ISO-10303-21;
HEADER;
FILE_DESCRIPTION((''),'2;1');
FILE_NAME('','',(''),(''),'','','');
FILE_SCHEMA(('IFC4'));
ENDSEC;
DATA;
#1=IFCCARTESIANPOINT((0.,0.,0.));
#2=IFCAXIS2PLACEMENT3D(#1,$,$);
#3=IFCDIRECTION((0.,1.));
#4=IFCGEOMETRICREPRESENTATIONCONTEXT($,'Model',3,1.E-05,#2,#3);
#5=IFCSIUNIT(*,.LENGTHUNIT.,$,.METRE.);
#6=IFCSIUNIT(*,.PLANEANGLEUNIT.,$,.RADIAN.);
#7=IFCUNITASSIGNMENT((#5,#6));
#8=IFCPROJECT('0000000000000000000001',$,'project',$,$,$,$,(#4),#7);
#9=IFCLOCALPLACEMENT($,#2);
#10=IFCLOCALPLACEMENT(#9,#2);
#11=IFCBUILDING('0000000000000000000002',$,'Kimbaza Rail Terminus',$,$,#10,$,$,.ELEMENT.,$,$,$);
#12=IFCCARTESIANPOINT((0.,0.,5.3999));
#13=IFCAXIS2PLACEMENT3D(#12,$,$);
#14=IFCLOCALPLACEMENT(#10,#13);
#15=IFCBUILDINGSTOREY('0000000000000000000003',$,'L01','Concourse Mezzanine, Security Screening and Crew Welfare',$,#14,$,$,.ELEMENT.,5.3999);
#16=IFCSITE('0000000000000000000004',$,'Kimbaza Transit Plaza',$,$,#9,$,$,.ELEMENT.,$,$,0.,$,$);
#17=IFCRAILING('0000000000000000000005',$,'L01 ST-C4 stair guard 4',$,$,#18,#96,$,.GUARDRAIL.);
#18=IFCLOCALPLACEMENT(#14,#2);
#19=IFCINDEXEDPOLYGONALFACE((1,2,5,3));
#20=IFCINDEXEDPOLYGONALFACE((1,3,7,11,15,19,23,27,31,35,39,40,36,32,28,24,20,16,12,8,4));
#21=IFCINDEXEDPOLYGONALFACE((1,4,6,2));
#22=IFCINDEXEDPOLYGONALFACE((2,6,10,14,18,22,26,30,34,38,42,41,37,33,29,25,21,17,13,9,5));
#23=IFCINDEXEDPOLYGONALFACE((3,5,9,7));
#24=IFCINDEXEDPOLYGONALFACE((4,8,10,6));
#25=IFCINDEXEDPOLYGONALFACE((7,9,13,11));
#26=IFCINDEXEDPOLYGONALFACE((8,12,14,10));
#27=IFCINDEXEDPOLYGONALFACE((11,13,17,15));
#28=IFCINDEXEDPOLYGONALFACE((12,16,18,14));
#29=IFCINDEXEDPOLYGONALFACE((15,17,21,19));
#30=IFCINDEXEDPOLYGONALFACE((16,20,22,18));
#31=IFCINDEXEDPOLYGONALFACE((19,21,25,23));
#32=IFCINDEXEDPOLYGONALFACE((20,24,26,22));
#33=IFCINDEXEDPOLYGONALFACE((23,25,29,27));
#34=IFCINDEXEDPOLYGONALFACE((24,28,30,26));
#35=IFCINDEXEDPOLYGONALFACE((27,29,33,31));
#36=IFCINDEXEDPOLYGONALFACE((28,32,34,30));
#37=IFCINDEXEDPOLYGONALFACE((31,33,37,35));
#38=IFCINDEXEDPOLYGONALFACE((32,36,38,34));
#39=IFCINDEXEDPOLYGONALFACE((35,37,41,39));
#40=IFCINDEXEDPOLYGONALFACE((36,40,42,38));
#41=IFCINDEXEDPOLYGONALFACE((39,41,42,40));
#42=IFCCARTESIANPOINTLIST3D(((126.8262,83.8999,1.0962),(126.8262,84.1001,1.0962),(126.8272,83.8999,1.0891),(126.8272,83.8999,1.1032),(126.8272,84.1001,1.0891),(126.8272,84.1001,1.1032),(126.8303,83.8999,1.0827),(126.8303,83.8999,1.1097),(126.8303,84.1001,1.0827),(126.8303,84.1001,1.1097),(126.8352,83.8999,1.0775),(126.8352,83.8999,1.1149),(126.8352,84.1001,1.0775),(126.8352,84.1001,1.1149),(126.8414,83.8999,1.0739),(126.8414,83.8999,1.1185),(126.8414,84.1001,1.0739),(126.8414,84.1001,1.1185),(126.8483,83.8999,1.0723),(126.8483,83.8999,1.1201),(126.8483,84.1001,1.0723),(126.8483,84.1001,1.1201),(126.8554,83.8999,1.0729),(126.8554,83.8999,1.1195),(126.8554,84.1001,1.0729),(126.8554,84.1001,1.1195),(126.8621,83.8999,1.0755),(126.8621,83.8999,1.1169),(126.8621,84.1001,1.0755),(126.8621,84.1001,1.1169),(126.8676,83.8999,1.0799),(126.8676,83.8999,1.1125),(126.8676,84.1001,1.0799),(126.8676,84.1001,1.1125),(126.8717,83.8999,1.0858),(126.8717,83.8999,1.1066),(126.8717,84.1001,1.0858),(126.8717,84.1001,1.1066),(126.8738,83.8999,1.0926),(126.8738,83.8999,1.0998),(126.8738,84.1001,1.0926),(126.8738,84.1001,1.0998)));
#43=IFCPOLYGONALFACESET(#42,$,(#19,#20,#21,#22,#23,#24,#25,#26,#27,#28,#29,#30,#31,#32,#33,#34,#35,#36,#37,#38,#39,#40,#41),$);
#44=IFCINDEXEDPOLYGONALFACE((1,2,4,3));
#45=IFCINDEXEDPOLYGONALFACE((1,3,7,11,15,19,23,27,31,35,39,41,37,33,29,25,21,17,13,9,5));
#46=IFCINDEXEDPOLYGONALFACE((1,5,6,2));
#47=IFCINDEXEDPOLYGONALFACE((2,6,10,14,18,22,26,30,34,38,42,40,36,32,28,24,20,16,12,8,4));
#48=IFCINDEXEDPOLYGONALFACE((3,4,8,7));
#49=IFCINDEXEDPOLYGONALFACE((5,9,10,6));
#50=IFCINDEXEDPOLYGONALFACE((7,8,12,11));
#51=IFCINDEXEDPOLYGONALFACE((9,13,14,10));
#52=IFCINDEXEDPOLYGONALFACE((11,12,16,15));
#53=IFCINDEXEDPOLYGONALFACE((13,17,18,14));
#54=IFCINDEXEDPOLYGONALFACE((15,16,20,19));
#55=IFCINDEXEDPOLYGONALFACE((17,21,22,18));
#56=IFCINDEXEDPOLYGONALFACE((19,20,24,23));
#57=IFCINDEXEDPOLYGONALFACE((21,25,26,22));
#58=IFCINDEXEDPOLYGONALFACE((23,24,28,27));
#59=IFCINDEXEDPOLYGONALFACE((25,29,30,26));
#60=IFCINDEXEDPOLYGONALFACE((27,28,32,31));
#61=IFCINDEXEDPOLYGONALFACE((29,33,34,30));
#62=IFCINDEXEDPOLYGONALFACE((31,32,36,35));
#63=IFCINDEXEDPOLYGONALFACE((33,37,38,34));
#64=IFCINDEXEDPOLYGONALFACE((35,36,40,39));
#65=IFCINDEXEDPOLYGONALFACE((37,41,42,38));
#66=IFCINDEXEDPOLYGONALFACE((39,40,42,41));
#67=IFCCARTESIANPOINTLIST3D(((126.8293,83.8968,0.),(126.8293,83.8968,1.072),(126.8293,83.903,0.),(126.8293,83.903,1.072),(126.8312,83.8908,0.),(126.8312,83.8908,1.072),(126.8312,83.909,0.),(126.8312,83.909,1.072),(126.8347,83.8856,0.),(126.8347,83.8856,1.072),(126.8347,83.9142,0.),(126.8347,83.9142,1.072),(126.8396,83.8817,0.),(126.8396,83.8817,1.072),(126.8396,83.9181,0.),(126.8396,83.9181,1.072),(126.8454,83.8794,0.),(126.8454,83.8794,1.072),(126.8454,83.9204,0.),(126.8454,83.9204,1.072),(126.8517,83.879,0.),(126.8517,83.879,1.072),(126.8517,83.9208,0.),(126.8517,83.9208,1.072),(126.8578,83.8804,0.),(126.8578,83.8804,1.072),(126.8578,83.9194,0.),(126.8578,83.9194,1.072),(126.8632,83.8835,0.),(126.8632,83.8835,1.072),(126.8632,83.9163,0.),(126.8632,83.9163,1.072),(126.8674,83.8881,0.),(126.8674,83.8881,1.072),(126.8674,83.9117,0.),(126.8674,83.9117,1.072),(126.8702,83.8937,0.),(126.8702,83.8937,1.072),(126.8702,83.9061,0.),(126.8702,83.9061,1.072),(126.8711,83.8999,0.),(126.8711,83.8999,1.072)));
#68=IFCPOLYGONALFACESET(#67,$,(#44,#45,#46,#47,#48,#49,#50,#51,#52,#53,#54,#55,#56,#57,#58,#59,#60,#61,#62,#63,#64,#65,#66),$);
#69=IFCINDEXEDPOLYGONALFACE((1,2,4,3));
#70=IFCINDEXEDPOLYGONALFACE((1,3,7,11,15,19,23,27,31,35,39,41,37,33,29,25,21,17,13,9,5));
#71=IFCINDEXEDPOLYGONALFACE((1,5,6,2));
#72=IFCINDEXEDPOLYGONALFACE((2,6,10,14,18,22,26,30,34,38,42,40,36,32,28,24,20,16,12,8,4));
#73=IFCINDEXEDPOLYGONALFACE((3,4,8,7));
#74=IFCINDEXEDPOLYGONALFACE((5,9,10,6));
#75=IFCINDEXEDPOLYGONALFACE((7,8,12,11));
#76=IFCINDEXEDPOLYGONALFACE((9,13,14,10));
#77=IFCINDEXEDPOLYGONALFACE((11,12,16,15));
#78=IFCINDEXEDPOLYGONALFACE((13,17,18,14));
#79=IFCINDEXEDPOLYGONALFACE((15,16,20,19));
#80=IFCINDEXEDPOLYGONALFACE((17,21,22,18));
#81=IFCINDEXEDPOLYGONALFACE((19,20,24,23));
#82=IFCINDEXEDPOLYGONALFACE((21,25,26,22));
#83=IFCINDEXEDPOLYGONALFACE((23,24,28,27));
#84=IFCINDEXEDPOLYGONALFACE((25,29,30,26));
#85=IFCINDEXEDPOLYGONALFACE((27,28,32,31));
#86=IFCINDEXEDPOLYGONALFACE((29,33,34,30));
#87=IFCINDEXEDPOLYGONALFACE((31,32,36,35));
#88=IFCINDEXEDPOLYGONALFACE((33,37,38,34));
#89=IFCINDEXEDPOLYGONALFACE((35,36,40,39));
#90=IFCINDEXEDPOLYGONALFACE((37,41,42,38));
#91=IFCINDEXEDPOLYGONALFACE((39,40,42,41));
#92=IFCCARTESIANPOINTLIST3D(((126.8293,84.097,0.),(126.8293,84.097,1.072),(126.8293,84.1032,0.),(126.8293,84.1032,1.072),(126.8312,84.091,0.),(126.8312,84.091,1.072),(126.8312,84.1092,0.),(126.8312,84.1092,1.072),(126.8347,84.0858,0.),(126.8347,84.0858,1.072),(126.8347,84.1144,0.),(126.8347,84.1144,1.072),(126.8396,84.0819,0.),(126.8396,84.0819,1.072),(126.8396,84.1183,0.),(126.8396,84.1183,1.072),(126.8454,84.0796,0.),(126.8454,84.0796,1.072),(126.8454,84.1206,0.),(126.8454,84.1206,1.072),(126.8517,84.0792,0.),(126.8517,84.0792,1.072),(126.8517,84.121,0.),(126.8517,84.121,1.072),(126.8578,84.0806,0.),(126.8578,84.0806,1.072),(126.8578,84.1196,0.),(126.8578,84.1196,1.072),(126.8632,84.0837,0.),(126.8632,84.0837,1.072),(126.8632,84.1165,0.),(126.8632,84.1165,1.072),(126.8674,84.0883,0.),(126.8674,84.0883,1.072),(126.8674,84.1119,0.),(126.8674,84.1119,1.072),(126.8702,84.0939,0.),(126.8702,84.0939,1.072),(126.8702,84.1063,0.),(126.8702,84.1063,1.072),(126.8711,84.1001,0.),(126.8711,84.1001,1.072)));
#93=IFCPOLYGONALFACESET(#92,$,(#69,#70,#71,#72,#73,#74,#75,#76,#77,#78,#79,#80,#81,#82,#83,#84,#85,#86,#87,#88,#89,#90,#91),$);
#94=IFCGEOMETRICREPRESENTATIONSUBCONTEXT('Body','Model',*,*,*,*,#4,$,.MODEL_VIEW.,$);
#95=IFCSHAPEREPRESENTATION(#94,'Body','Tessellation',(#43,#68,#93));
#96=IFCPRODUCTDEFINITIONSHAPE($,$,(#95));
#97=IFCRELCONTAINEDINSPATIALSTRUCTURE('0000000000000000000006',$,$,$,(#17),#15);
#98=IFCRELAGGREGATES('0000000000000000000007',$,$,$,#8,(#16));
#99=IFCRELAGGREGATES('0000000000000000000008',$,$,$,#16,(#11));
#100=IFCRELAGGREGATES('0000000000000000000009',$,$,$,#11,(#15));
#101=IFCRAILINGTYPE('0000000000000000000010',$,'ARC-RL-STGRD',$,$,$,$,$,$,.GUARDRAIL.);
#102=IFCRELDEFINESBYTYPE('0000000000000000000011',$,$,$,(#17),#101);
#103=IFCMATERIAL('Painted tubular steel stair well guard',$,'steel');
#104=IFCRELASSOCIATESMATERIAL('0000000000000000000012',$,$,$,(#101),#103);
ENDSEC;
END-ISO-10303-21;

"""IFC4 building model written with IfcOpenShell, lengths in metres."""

from ifc_helpers import new_model, si_unit, direction, frame, origin, origin_2d, place, context, subcontext, project, spatial, circle, extrude, material, type_object, element, save


model = new_model("IFC4")

# Units and contexts
model_context = context("Model", 3, precision=1e-05, world=origin(), true_north=direction((0.0, 1.0)))
body_context = subcontext(model_context, "Body", "Model", "MODEL_VIEW")
ifc_project = project(units=[si_unit("LENGTHUNIT", "METRE"), si_unit("PLANEANGLEUNIT", "RADIAN")], contexts=[model_context])

# Site, building, storey
site_placement = place(None, origin())
site = spatial("IfcSite", under=ifc_project, at=site_placement, Name="Kimbaza Transit Plaza", CompositionType="ELEMENT", RefElevation=0.0)
building_placement = place(site_placement, origin())
building = spatial("IfcBuilding", under=site, at=building_placement, Name="Kimbaza Rail Terminus", CompositionType="ELEMENT")
storey_placement = place(building_placement, frame((0.0, 0.0, 5.3999)))
storey = spatial("IfcBuildingStorey", under=building, at=storey_placement, Name="L01", Description="Concourse Mezzanine, Security Screening and Crew Welfare", CompositionType="ELEMENT", Elevation=5.3999)

# Railing
ifc_material_1 = material(Name="Painted tubular steel stair well guard", Category="steel")
railing_type_1 = type_object("IfcRailingType", Name="ARC-RL-STGRD", PredefinedType="GUARDRAIL", material=ifc_material_1)
railing_1_placement = place(storey_placement, frame((126.8501, 83.8999, 0.0)))
element("IfcRailing", 1, at=railing_1_placement, inside=storey, type_object=railing_type_1, Name="L01 ST-C4 stair guard 4", PredefinedType="GUARDRAIL", context=body_context, shape_type="SweptSolid", body=[
    extrude(circle(Radius=0.0239, at=origin_2d()), frame((0.0, 0.0, 1.0962), z_axis=(0.0, 1.0, 0.0), x_axis=(-1.0, 0.0, 0.0)), (0.0, 0.0, 1.0), 0.2002),
    extrude(circle(Radius=0.021, at=origin_2d()), origin(), (0.0, 0.0, 1.0), 1.072),
    extrude(circle(Radius=0.021, at=origin_2d()), frame((0.0, 0.2002, 0.0)), (0.0, 0.0, 1.0), 1.072),
])

save(model, "model.ifc")
